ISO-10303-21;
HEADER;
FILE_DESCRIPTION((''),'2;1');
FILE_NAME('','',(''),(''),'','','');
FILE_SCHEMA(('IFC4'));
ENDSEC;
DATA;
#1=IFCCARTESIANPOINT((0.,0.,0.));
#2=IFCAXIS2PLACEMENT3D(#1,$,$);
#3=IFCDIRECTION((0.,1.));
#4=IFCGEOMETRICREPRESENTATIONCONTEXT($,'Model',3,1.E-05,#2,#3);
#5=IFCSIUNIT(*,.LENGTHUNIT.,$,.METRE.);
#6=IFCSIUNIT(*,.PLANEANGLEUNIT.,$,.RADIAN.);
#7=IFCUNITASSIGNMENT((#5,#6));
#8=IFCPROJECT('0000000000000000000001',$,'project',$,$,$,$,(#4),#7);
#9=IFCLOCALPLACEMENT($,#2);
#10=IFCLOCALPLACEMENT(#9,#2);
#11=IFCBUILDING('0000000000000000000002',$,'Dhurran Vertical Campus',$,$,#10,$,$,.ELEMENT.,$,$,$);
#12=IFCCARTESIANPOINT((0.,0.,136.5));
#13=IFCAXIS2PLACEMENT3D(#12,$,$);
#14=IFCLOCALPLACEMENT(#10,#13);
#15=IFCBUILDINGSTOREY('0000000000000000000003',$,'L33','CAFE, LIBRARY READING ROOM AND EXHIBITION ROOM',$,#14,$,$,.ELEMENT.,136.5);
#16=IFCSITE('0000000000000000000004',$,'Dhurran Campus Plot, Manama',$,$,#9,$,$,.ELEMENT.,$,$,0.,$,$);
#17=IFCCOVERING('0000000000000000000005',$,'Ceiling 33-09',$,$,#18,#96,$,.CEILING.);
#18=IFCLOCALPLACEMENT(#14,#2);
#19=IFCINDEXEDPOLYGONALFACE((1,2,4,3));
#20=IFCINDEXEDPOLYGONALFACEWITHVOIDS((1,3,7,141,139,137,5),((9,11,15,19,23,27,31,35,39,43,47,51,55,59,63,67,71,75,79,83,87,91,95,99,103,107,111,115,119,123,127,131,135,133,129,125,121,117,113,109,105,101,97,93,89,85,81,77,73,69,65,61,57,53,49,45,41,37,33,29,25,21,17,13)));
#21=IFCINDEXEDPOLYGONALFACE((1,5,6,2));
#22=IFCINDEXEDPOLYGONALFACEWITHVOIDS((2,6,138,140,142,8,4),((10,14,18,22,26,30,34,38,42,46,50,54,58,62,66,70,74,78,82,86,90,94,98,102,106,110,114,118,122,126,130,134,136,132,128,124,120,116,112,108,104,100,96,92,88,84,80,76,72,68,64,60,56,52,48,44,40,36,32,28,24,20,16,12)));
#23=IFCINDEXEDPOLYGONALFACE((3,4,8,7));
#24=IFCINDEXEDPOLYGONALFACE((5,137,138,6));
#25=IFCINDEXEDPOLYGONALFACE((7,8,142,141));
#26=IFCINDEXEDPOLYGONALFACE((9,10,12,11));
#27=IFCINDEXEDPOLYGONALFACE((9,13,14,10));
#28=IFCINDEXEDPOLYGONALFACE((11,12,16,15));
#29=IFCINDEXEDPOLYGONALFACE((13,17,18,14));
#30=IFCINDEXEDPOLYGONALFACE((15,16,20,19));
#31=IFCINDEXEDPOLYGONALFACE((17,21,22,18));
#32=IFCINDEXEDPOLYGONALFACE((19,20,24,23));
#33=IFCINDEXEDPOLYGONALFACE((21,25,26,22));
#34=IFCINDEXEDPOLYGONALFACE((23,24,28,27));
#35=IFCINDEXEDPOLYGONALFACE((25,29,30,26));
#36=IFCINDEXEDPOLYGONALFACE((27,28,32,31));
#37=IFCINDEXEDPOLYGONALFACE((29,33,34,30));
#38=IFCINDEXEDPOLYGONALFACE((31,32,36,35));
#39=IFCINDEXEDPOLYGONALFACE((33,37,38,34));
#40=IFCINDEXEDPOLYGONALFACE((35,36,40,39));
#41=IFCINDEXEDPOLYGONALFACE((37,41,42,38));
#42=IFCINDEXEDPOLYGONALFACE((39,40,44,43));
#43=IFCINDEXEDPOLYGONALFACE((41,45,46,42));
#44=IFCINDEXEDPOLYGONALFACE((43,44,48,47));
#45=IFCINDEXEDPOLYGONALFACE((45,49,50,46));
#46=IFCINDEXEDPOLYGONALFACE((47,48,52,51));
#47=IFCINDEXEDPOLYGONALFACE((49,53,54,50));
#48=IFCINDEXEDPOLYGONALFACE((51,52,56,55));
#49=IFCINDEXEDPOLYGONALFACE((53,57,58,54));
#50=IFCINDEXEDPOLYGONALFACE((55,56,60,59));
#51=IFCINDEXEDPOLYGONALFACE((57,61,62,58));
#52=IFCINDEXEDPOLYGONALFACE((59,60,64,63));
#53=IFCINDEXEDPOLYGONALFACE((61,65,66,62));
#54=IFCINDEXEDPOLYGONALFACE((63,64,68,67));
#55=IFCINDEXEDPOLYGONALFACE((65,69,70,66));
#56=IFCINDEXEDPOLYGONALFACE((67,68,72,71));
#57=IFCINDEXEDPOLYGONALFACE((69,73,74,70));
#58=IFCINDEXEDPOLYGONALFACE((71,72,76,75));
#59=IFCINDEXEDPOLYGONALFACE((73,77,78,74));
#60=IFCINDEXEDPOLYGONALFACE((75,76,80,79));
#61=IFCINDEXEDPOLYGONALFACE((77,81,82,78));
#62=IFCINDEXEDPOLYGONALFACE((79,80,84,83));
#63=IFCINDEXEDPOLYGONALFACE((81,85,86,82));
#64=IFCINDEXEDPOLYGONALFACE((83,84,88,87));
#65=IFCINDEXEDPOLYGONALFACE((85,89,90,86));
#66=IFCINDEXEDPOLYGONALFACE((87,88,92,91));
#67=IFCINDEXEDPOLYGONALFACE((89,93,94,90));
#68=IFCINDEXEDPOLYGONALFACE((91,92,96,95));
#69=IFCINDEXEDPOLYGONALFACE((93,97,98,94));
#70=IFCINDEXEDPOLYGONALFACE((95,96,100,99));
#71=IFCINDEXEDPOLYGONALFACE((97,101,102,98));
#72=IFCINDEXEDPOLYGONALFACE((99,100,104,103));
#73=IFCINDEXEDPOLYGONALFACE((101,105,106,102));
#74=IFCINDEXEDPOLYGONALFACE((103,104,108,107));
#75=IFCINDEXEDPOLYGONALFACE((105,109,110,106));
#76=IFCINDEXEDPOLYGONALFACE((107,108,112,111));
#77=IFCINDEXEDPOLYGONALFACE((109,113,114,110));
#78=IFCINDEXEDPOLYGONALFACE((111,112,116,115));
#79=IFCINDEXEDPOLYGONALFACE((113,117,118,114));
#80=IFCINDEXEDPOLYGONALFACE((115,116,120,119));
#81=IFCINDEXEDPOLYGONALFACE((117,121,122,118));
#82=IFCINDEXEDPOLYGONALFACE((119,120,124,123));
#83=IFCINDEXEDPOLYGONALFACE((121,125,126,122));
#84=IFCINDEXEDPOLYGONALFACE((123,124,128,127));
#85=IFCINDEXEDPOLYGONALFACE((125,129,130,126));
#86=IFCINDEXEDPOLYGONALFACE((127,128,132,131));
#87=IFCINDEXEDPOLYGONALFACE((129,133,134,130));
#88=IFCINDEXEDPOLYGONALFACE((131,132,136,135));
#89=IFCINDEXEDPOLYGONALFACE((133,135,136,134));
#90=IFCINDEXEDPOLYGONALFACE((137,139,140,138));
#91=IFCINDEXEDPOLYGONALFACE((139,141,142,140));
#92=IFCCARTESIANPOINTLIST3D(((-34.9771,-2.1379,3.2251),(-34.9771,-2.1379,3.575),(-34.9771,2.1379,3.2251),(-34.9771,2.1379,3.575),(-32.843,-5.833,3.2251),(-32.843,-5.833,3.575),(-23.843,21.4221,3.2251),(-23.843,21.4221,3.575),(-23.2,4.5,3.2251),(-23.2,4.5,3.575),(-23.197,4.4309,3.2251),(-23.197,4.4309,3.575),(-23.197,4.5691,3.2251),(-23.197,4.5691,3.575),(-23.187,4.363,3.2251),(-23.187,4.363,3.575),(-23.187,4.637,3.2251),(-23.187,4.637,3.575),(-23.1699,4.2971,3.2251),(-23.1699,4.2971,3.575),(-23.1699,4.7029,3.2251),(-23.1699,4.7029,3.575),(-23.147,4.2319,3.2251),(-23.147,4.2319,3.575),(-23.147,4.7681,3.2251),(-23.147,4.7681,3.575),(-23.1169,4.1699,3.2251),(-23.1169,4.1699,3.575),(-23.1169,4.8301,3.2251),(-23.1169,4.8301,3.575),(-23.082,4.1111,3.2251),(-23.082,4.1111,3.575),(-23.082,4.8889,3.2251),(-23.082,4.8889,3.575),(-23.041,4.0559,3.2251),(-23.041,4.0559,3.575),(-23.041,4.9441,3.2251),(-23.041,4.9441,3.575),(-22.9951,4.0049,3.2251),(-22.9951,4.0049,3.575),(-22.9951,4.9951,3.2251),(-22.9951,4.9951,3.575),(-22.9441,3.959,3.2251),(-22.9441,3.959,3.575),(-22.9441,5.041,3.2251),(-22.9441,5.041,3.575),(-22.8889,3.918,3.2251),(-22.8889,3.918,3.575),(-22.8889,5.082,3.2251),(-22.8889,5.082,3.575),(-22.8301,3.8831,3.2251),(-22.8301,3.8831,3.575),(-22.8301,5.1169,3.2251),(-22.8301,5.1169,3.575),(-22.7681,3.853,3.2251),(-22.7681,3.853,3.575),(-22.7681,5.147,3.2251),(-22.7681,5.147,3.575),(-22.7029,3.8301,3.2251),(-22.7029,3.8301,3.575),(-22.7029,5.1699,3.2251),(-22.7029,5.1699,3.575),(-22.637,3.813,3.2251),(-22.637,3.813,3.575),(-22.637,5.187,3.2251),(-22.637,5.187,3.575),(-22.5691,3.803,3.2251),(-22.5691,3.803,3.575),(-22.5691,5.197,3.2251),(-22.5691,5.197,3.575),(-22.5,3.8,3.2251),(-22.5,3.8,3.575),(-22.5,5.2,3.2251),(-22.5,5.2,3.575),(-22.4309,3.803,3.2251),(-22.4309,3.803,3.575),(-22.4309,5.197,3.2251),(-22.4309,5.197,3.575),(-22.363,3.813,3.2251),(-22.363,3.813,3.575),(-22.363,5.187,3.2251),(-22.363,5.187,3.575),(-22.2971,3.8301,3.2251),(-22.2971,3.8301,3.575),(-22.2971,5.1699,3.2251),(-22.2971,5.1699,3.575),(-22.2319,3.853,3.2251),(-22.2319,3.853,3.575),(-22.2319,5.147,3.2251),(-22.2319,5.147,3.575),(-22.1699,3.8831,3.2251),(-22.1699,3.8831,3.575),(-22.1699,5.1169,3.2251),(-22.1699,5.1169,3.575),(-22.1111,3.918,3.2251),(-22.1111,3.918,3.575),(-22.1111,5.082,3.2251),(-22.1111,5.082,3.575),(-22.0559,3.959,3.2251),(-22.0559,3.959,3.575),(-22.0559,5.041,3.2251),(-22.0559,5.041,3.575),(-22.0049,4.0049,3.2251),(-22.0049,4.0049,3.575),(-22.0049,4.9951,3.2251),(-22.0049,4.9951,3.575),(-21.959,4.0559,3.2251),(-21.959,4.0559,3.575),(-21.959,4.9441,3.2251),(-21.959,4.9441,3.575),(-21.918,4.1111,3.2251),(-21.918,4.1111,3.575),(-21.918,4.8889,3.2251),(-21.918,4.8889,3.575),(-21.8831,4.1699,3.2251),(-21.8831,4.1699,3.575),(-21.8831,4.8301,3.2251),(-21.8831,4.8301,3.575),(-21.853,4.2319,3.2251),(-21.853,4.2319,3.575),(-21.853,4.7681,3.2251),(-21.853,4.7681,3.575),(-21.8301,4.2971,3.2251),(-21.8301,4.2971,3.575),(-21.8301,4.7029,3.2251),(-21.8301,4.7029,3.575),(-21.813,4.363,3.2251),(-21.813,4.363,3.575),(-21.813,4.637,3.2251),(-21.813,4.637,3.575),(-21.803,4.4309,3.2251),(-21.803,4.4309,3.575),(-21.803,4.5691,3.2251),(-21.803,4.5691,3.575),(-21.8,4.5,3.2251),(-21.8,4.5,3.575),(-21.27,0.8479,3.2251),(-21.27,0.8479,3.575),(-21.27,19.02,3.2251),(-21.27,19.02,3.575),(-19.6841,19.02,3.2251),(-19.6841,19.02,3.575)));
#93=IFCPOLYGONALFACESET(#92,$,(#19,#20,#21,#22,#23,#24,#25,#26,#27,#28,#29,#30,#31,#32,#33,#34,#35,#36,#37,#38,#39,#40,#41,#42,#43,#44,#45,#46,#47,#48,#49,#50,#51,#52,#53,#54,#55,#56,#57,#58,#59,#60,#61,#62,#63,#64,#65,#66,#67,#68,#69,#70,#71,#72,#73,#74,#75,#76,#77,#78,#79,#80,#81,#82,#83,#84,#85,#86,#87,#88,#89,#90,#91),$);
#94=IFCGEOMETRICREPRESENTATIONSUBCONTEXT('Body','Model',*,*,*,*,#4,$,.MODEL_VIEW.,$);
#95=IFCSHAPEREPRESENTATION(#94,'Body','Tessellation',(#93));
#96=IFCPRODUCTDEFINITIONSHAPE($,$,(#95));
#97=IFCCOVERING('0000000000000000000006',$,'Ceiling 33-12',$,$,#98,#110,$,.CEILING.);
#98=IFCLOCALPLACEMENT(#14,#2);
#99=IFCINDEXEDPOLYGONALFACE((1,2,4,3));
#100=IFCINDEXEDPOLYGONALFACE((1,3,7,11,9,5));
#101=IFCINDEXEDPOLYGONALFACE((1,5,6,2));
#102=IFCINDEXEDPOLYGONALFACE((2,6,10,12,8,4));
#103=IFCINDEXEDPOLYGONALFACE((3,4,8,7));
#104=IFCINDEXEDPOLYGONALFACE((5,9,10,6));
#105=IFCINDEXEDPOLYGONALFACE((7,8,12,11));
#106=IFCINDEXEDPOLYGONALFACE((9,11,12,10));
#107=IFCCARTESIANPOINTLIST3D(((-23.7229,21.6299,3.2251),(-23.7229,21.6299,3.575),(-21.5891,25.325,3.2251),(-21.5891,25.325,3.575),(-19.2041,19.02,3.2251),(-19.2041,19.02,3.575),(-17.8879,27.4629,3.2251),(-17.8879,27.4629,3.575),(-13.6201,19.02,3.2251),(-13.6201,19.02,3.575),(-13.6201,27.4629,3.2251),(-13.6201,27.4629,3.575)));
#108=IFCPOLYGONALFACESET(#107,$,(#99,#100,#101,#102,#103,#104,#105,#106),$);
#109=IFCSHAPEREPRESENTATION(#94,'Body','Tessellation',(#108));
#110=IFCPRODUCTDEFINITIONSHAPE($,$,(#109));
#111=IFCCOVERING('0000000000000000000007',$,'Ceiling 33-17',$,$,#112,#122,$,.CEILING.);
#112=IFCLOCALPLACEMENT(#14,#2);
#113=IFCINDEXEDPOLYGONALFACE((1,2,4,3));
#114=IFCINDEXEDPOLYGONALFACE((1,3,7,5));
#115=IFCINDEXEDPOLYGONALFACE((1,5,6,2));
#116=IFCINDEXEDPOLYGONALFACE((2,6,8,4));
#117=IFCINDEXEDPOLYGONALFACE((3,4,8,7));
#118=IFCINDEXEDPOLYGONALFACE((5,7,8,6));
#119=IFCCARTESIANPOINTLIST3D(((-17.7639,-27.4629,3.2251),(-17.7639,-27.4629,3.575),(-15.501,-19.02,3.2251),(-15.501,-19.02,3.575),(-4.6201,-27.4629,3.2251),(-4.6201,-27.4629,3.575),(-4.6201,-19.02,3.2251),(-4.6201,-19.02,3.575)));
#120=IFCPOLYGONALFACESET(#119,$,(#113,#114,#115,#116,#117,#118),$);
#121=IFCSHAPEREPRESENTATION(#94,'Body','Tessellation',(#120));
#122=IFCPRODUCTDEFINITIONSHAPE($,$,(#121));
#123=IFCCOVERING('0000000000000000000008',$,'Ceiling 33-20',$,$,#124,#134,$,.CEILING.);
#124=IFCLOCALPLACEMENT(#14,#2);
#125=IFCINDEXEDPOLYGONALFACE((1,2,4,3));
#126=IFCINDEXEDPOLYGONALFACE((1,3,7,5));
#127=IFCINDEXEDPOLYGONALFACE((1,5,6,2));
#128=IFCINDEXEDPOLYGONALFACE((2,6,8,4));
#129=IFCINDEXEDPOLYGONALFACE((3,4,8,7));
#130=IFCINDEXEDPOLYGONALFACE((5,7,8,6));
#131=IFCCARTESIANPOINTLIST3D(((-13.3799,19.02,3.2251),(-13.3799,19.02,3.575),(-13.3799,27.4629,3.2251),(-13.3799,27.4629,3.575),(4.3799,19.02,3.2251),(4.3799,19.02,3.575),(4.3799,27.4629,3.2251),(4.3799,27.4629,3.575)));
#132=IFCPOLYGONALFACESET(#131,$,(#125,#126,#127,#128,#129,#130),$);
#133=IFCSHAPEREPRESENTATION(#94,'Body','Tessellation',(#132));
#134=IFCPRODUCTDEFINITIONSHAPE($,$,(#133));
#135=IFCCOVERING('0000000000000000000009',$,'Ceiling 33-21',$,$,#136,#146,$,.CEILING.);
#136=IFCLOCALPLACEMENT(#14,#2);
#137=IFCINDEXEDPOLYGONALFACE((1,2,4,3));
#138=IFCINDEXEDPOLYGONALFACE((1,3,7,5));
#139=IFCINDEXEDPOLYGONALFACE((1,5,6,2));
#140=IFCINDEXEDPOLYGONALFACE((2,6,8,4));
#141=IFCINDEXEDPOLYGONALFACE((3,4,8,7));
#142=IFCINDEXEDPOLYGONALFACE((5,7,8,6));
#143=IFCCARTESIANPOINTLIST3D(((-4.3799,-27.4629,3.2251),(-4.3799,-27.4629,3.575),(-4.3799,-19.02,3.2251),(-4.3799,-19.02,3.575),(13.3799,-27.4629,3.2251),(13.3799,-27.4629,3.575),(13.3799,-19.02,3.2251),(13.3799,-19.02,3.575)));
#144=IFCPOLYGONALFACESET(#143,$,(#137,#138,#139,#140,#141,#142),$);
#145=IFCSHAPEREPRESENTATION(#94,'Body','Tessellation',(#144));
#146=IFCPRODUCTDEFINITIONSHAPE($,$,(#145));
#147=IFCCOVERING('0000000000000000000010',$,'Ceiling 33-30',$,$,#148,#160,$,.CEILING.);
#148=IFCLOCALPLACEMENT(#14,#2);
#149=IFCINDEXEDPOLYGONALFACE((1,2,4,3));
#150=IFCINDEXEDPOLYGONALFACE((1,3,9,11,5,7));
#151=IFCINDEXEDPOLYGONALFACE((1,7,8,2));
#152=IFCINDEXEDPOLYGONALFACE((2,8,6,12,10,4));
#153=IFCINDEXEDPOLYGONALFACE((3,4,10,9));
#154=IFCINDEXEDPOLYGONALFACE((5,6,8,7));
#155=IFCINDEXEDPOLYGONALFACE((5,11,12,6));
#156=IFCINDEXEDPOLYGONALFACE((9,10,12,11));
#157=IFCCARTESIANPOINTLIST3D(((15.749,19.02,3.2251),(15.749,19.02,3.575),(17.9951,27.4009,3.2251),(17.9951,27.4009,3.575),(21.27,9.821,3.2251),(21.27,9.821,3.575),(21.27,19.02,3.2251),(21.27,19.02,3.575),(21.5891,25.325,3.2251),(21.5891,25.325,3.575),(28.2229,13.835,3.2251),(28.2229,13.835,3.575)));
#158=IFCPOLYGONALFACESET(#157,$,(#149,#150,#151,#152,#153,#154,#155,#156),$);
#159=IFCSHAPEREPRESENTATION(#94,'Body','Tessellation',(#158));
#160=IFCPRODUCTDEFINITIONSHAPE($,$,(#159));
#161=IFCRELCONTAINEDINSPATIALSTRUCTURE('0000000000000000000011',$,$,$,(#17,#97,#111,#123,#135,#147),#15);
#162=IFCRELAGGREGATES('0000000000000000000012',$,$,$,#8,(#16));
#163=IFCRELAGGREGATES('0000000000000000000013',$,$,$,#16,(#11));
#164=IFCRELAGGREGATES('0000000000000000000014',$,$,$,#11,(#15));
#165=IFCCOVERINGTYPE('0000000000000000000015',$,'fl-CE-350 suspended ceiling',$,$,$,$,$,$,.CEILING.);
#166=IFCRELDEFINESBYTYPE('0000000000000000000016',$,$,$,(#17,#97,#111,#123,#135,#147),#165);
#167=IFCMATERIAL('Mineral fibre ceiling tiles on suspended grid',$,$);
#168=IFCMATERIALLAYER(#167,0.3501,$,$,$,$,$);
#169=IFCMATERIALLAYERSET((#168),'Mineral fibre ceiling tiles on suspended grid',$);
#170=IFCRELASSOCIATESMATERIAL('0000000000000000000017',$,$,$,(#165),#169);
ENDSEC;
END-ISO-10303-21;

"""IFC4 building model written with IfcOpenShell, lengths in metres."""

from ifc_helpers import new_model, si_unit, direction, frame, origin, place, context, subcontext, project, spatial, polyline, outline, extrude, material, layer, layer_set, type_object, element, save


model = new_model("IFC4")

# Units and contexts
model_context = context("Model", 3, precision=1e-05, world=origin(), true_north=direction((0.0, 1.0)))
body_context = subcontext(model_context, "Body", "Model", "MODEL_VIEW")
ifc_project = project(units=[si_unit("LENGTHUNIT", "METRE"), si_unit("PLANEANGLEUNIT", "RADIAN")], contexts=[model_context])

# Site, building, storey
site_placement = place(None, origin())
site = spatial("IfcSite", under=ifc_project, at=site_placement, Name="Dhurran Campus Plot, Manama", CompositionType="ELEMENT", RefElevation=0.0)
building_placement = place(site_placement, origin())
building = spatial("IfcBuilding", under=site, at=building_placement, Name="Dhurran Vertical Campus", CompositionType="ELEMENT")
storey_placement = place(building_placement, frame((0.0, 0.0, 136.5)))
storey = spatial("IfcBuildingStorey", under=building, at=storey_placement, Name="L33", Description="CAFE, LIBRARY READING ROOM AND EXHIBITION ROOM", CompositionType="ELEMENT", Elevation=136.5)

# Coverings
ifc_material_1 = material(Name="Mineral fibre ceiling tiles on suspended grid")
ifc_layer_1 = layer(ifc_material_1, 0.3501)
ifc_layer_set_1 = layer_set([ifc_layer_1], Name="Mineral fibre ceiling tiles on suspended grid")
covering_type = type_object("IfcCoveringType", Name="fl-CE-350 suspended ceiling", PredefinedType="CEILING", material=ifc_layer_set_1)
covering_1_placement = place(storey_placement, frame((0.0, 0.0, 3.2251)))
element("IfcCovering", 1, at=covering_1_placement, inside=storey, type_object=covering_type, Name="Ceiling 33-09", PredefinedType="CEILING", context=body_context, shape_type="SweptSolid", body=[
    extrude(outline(polyline([(-19.6841, 19.02), (-21.27, 19.02), (-21.27, 0.8479), (-32.843, -5.833), (-34.9771, -2.1379), (-34.9771, 2.1379), (-23.843, 21.4221), (-19.6841, 19.02)]), holes=[polyline([(-21.8301, 4.7029), (-21.853, 4.7681), (-21.8831, 4.8301), (-21.918, 4.8889), (-21.959, 4.9441), (-22.0049, 4.9951), (-22.0559, 5.041), (-22.1111, 5.082), (-22.1699, 5.1169), (-22.2319, 5.147), (-22.2971, 5.1699), (-22.363, 5.187), (-22.4309, 5.197), (-22.5, 5.2), (-22.5691, 5.197), (-22.637, 5.187), (-22.7029, 5.1699), (-22.7681, 5.147), (-22.8301, 5.1169), (-22.8889, 5.082), (-22.9441, 5.041), (-22.9951, 4.9951), (-23.041, 4.9441), (-23.082, 4.8889), (-23.1169, 4.8301), (-23.147, 4.7681), (-23.1699, 4.7029), (-23.187, 4.637), (-23.197, 4.5691), (-23.2, 4.5), (-23.197, 4.4309), (-23.187, 4.363), (-23.1699, 4.2971), (-23.147, 4.2319), (-23.1169, 4.1699), (-23.082, 4.1111), (-23.041, 4.0559), (-22.9951, 4.0049), (-22.9441, 3.959), (-22.8889, 3.918), (-22.8301, 3.8831), (-22.7681, 3.853), (-22.7029, 3.8301), (-22.637, 3.813), (-22.5691, 3.803), (-22.5, 3.8), (-22.4309, 3.803), (-22.363, 3.813), (-22.2971, 3.8301), (-22.2319, 3.853), (-22.1699, 3.8831), (-22.1111, 3.918), (-22.0559, 3.959), (-22.0049, 4.0049), (-21.959, 4.0559), (-21.918, 4.1111), (-21.8831, 4.1699), (-21.853, 4.2319), (-21.8301, 4.2971), (-21.813, 4.363), (-21.803, 4.4309), (-21.8, 4.5), (-21.803, 4.5691), (-21.813, 4.637), (-21.8301, 4.7029)])]), origin(), (0.0, 0.0, 1.0), 0.3499),
])
covering_2_placement = place(storey_placement, frame((0.0, 0.0, 3.2251)))
element("IfcCovering", 2, at=covering_2_placement, inside=storey, type_object=covering_type, Name="Ceiling 33-12", PredefinedType="CEILING", context=body_context, shape_type="SweptSolid", body=[
    extrude(outline(polyline([(-13.6201, 19.02), (-19.2041, 19.02), (-23.7229, 21.6299), (-21.5891, 25.325), (-17.8879, 27.4629), (-13.6201, 27.4629), (-13.6201, 19.02)])), origin(), (0.0, 0.0, 1.0), 0.3499),
])
covering_3_placement = place(storey_placement, frame((0.0, 0.0, 3.2251)))
element("IfcCovering", 3, at=covering_3_placement, inside=storey, type_object=covering_type, Name="Ceiling 33-17", PredefinedType="CEILING", context=body_context, shape_type="SweptSolid", body=[
    extrude(outline(polyline([(-4.6201, -27.4629), (-17.7639, -27.4629), (-15.501, -19.02), (-4.6201, -19.02), (-4.6201, -27.4629)])), origin(), (0.0, 0.0, 1.0), 0.3499),
])
covering_4_placement = place(storey_placement, frame((0.0, 0.0, 3.2251)))
element("IfcCovering", 4, at=covering_4_placement, inside=storey, type_object=covering_type, Name="Ceiling 33-20", PredefinedType="CEILING", context=body_context, shape_type="SweptSolid", body=[
    extrude(outline(polyline([(-13.3799, 27.4629), (4.3799, 27.4629), (4.3799, 19.02), (-13.3799, 19.02), (-13.3799, 27.4629)])), origin(), (0.0, 0.0, 1.0), 0.3499),
])
covering_5_placement = place(storey_placement, frame((0.0, 0.0, 3.2251)))
element("IfcCovering", 5, at=covering_5_placement, inside=storey, type_object=covering_type, Name="Ceiling 33-21", PredefinedType="CEILING", context=body_context, shape_type="SweptSolid", body=[
    extrude(outline(polyline([(13.3799, -27.4629), (-4.3799, -27.4629), (-4.3799, -19.02), (13.3799, -19.02), (13.3799, -27.4629)])), origin(), (0.0, 0.0, 1.0), 0.3499),
])
covering_6_placement = place(storey_placement, frame((0.0, 0.0, 3.2251)))
element("IfcCovering", 6, at=covering_6_placement, inside=storey, type_object=covering_type, Name="Ceiling 33-30", PredefinedType="CEILING", context=body_context, shape_type="SweptSolid", body=[
    extrude(outline(polyline([(21.27, 19.02), (15.749, 19.02), (17.9951, 27.4009), (21.5891, 25.325), (28.2229, 13.835), (21.27, 9.821), (21.27, 19.02)])), origin(), (0.0, 0.0, 1.0), 0.3499),
])

save(model, "model.ifc")
